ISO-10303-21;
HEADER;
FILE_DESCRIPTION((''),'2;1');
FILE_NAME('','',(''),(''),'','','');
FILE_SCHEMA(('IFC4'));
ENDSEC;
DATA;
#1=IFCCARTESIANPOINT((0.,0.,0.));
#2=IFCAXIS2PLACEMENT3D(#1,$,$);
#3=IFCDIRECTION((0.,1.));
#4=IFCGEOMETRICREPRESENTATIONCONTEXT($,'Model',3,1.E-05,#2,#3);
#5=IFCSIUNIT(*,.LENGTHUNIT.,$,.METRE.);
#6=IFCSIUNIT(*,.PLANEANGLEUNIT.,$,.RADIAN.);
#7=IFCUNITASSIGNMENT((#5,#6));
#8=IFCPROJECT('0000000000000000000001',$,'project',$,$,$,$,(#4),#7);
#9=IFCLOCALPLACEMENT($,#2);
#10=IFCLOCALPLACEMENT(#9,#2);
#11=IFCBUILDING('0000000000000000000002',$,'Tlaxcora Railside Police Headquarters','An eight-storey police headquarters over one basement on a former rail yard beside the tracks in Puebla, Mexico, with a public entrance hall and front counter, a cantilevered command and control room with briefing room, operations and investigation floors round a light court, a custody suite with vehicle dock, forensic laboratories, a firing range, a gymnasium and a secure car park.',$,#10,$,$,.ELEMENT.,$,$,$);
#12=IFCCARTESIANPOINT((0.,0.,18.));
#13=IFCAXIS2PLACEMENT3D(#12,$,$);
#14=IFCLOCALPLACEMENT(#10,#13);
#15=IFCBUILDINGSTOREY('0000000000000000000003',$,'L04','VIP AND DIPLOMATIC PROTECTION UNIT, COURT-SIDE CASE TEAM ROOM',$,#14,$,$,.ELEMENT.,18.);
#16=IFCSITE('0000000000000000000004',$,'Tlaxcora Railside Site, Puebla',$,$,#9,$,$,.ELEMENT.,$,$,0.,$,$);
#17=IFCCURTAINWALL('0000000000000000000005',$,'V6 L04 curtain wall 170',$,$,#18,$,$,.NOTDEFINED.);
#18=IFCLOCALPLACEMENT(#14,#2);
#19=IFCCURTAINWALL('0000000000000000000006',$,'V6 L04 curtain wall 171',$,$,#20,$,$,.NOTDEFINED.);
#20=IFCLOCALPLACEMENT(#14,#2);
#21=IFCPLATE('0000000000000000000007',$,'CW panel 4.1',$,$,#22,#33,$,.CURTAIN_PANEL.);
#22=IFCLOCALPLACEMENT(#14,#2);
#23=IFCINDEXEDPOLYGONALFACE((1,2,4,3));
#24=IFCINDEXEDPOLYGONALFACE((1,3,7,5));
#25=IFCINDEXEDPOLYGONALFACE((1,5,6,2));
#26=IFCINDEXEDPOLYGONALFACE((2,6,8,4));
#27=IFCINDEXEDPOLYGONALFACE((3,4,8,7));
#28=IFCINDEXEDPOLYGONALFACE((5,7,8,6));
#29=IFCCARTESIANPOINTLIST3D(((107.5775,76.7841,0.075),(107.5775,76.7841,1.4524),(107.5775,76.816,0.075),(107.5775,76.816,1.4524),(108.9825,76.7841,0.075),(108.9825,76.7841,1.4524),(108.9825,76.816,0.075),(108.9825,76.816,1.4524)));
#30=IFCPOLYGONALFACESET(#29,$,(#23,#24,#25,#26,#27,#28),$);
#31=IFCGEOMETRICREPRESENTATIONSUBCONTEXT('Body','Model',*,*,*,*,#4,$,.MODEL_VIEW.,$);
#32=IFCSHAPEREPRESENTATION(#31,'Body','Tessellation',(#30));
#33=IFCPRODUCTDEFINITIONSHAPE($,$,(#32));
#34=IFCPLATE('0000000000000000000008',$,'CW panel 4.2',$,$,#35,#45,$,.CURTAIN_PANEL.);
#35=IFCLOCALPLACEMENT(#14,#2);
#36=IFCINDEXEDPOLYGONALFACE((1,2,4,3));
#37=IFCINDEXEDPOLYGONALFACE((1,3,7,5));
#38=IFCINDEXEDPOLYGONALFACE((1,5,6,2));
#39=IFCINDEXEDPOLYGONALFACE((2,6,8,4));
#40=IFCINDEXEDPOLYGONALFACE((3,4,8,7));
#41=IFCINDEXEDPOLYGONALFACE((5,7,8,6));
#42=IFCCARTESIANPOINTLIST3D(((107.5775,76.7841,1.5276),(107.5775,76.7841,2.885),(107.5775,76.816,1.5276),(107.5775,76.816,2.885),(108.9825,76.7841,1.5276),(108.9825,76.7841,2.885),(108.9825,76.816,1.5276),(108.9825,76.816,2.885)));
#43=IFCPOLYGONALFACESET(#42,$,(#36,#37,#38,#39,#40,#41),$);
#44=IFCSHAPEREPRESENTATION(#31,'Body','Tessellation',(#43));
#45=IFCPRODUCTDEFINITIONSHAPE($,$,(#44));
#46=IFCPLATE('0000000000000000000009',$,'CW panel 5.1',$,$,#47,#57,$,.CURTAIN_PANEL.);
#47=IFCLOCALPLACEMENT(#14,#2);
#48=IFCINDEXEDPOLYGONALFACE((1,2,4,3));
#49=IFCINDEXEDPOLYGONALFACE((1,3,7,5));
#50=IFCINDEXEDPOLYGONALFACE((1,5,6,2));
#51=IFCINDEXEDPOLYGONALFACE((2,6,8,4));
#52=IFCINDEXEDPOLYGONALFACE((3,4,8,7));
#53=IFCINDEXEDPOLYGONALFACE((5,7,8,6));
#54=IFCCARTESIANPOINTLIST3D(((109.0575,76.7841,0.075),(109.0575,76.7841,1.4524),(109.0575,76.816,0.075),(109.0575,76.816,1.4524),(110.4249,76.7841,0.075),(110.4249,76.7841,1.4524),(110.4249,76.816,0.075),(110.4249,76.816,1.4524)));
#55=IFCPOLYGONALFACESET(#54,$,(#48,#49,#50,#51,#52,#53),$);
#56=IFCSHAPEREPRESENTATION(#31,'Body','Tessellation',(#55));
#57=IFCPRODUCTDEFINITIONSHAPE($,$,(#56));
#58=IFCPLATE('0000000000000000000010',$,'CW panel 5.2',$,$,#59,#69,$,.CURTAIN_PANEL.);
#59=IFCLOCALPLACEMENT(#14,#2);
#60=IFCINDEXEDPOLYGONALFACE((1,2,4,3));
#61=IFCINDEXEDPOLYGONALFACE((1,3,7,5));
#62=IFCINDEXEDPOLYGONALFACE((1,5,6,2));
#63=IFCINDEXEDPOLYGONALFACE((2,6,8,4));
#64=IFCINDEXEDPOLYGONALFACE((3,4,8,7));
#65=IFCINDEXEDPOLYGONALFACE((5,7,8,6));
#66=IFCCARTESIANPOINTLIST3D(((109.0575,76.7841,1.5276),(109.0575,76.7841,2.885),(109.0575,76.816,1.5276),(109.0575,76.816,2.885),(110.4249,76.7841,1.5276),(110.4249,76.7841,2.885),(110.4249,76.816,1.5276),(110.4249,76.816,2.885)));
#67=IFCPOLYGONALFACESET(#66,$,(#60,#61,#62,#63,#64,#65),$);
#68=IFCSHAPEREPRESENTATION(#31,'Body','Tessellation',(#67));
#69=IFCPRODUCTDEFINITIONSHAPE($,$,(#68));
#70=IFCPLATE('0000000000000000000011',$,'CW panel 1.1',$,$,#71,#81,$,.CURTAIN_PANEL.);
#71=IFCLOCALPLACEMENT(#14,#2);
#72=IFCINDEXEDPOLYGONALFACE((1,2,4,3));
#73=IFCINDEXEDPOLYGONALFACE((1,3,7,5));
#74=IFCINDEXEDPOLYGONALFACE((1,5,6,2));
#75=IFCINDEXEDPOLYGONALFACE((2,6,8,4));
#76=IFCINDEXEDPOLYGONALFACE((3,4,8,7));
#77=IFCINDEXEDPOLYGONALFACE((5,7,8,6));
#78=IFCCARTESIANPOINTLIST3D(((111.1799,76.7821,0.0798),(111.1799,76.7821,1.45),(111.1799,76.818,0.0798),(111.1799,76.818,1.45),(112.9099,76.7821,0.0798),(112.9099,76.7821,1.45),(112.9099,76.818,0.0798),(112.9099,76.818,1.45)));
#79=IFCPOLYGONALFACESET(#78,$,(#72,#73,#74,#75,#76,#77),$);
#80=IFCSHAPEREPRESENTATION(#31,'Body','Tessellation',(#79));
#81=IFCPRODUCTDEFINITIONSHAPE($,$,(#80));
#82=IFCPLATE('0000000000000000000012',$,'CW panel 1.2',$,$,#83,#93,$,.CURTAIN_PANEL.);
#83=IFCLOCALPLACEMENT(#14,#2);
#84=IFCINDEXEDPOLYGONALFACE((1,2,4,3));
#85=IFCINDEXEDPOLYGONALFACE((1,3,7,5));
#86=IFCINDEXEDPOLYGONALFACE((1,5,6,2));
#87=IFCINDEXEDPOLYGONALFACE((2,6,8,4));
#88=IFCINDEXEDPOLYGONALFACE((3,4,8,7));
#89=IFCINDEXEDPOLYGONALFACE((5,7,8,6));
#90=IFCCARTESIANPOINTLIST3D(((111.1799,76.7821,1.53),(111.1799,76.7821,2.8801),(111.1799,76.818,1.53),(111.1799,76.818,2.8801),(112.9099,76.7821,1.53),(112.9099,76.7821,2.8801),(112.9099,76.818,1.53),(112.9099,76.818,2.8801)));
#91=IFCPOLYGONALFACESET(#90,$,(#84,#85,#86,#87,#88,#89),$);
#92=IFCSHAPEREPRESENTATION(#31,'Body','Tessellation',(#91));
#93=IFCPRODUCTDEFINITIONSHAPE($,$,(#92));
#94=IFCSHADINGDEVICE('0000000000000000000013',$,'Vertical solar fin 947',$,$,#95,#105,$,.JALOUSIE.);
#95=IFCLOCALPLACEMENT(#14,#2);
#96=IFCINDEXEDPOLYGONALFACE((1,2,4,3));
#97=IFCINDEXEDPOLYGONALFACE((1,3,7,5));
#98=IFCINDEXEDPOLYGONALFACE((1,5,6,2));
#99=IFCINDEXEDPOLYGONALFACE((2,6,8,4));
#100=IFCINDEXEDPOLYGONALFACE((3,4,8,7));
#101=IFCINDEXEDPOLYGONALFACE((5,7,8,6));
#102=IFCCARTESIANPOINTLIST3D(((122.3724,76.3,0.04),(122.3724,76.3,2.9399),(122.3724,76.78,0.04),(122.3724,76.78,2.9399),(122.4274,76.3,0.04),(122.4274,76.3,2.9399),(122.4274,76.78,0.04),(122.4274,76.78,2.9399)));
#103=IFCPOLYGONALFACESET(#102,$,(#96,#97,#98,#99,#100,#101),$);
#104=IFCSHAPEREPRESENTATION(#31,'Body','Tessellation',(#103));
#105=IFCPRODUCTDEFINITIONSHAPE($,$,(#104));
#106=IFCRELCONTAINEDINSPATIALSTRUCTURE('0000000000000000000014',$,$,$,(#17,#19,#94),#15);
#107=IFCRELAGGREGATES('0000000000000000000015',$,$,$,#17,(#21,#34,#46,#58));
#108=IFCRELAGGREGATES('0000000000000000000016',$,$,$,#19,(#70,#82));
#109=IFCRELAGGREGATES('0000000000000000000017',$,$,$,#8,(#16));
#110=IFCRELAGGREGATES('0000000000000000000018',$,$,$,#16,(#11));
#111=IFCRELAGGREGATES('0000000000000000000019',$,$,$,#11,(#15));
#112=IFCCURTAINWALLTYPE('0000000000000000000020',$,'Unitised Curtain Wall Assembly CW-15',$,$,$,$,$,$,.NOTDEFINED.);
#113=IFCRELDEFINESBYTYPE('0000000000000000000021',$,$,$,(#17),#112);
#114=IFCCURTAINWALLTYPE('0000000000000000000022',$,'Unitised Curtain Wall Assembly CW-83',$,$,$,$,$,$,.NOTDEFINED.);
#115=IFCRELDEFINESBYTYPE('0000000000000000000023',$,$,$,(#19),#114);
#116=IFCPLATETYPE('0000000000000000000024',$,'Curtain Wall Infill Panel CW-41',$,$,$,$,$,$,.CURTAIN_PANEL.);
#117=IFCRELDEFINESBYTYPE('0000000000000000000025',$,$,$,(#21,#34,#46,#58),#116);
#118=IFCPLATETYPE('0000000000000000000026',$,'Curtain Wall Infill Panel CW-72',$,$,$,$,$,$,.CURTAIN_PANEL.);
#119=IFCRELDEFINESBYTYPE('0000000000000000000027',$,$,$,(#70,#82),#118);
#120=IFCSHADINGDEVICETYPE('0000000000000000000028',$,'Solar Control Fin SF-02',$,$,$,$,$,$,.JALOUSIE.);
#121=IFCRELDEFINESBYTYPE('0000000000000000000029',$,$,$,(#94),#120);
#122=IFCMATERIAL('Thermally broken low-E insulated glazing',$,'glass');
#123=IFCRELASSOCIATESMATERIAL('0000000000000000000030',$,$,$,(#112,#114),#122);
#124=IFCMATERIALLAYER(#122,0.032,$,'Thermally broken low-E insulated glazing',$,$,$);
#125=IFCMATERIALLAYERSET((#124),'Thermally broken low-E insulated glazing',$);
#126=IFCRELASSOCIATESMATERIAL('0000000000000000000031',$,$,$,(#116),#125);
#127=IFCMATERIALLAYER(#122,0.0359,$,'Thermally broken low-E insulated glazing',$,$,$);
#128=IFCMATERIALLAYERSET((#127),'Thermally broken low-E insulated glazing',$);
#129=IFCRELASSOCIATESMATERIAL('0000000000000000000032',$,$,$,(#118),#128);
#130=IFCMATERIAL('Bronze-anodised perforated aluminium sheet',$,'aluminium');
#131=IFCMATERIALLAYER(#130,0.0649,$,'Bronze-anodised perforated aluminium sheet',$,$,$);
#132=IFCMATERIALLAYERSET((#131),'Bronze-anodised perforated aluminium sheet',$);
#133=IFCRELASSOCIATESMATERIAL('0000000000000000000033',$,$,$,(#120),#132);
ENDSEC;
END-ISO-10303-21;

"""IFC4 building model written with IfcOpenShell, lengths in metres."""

from ifc_helpers import new_model, si_unit, direction, frame, origin, origin_2d, place, context, subcontext, project, spatial, rectangle, extrude, material, layer, layer_set, type_object, element, aggregate, save


model = new_model("IFC4")

# Units and contexts
model_context = context("Model", 3, precision=1e-05, world=origin(), true_north=direction((0.0, 1.0)))
body_context = subcontext(model_context, "Body", "Model", "MODEL_VIEW")
ifc_project = project(units=[si_unit("LENGTHUNIT", "METRE"), si_unit("PLANEANGLEUNIT", "RADIAN")], contexts=[model_context])

# Site, building, storey
site_placement = place(None, origin())
site = spatial("IfcSite", under=ifc_project, at=site_placement, Name="Tlaxcora Railside Site, Puebla", CompositionType="ELEMENT", RefElevation=0.0)
building_placement = place(site_placement, origin())
building = spatial("IfcBuilding", under=site, at=building_placement, Name="Tlaxcora Railside Police Headquarters", Description="An eight-storey police headquarters over one basement on a former rail yard beside the tracks in Puebla, Mexico, with a public entrance hall and front counter, a cantilevered command and control room with briefing room, operations and investigation floors round a light court, a custody suite with vehicle dock, forensic laboratories, a firing range, a gymnasium and a secure car park.", CompositionType="ELEMENT")
storey_placement = place(building_placement, frame((0.0, 0.0, 18.0)))
storey = spatial("IfcBuildingStorey", under=building, at=storey_placement, Name="L04", Description="VIP AND DIPLOMATIC PROTECTION UNIT, COURT-SIDE CASE TEAM ROOM", CompositionType="ELEMENT", Elevation=18.0)

# Curtain wall
ifc_material_1 = material(Name="Thermally broken low-E insulated glazing", Category="glass")
curtain_wall_type_1 = type_object("IfcCurtainWallType", Name="Unitised Curtain Wall Assembly CW-15", PredefinedType="NOTDEFINED", material=ifc_material_1)
curtain_wall_1_placement = place(storey_placement, origin())
curtain_wall_1 = element("IfcCurtainWall", 1, at=curtain_wall_1_placement, inside=storey, type_object=curtain_wall_type_1, Name="V6 L04 curtain wall 170", PredefinedType="NOTDEFINED")

# Curtain wall
curtain_wall_type_2 = type_object("IfcCurtainWallType", Name="Unitised Curtain Wall Assembly CW-83", PredefinedType="NOTDEFINED", material=ifc_material_1)
curtain_wall_2_placement = place(storey_placement, origin())
curtain_wall_2 = element("IfcCurtainWall", 2, at=curtain_wall_2_placement, inside=storey, type_object=curtain_wall_type_2, Name="V6 L04 curtain wall 171", PredefinedType="NOTDEFINED")

# Plates
ifc_layer_1 = layer(ifc_material_1, 0.032, Name="Thermally broken low-E insulated glazing")
ifc_layer_set_1 = layer_set([ifc_layer_1], Name="Thermally broken low-E insulated glazing")
plate_type_1 = type_object("IfcPlateType", Name="Curtain Wall Infill Panel CW-41", PredefinedType="CURTAIN_PANEL", material=ifc_layer_set_1)
plate_1_placement = place(storey_placement, frame((108.28, 76.8, 0.075), z_axis=(0.0, 0.0, 1.0), x_axis=(1.0, 0.0, 0.0)))
plate_1 = element("IfcPlate", 3, at=plate_1_placement, type_object=plate_type_1, Name="CW panel 4.1", PredefinedType="CURTAIN_PANEL", context=body_context, shape_type="SweptSolid", body=[
    extrude(rectangle(XDim=1.405, YDim=0.032, at=origin_2d()), origin(), (0.0, 0.0, 1.0), 1.3774),
])
plate_2_placement = place(storey_placement, frame((108.28, 76.8, 1.5276), z_axis=(0.0, 0.0, 1.0), x_axis=(1.0, 0.0, 0.0)))
plate_2 = element("IfcPlate", 4, at=plate_2_placement, type_object=plate_type_1, Name="CW panel 4.2", PredefinedType="CURTAIN_PANEL", context=body_context, shape_type="SweptSolid", body=[
    extrude(rectangle(XDim=1.405, YDim=0.032, at=origin_2d()), origin(), (0.0, 0.0, 1.0), 1.3574),
])
plate_3_placement = place(storey_placement, frame((109.7412, 76.8, 0.075), z_axis=(0.0, 0.0, 1.0), x_axis=(1.0, 0.0, 0.0)))
plate_3 = element("IfcPlate", 5, at=plate_3_placement, type_object=plate_type_1, Name="CW panel 5.1", PredefinedType="CURTAIN_PANEL", context=body_context, shape_type="SweptSolid", body=[
    extrude(rectangle(XDim=1.3674, YDim=0.032, at=origin_2d()), origin(), (0.0, 0.0, 1.0), 1.3774),
])
plate_4_placement = place(storey_placement, frame((109.7412, 76.8, 1.5276), z_axis=(0.0, 0.0, 1.0), x_axis=(1.0, 0.0, 0.0)))
plate_4 = element("IfcPlate", 6, at=plate_4_placement, type_object=plate_type_1, Name="CW panel 5.2", PredefinedType="CURTAIN_PANEL", context=body_context, shape_type="SweptSolid", body=[
    extrude(rectangle(XDim=1.3674, YDim=0.032, at=origin_2d()), origin(), (0.0, 0.0, 1.0), 1.3574),
])
aggregate(curtain_wall_1, [plate_1, plate_2, plate_3, plate_4])
ifc_layer_2 = layer(ifc_material_1, 0.0359, Name="Thermally broken low-E insulated glazing")
ifc_layer_set_2 = layer_set([ifc_layer_2], Name="Thermally broken low-E insulated glazing")
plate_type_2 = type_object("IfcPlateType", Name="Curtain Wall Infill Panel CW-72", PredefinedType="CURTAIN_PANEL", material=ifc_layer_set_2)
plate_5_placement = place(storey_placement, frame((112.0449, 76.8, 0.0798), z_axis=(0.0, 0.0, 1.0), x_axis=(1.0, 0.0, 0.0)))
plate_5 = element("IfcPlate", 7, at=plate_5_placement, type_object=plate_type_2, Name="CW panel 1.1", PredefinedType="CURTAIN_PANEL", context=body_context, shape_type="SweptSolid", body=[
    extrude(rectangle(XDim=1.73, YDim=0.0359, at=origin_2d()), origin(), (0.0, 0.0, 1.0), 1.3701),
])
plate_6_placement = place(storey_placement, frame((112.0449, 76.8, 1.53), z_axis=(0.0, 0.0, 1.0), x_axis=(1.0, 0.0, 0.0)))
plate_6 = element("IfcPlate", 8, at=plate_6_placement, type_object=plate_type_2, Name="CW panel 1.2", PredefinedType="CURTAIN_PANEL", context=body_context, shape_type="SweptSolid", body=[
    extrude(rectangle(XDim=1.73, YDim=0.0359, at=origin_2d()), origin(), (0.0, 0.0, 1.0), 1.3501),
])
aggregate(curtain_wall_2, [plate_5, plate_6])

# Shading device
ifc_material_2 = material(Name="Bronze-anodised perforated aluminium sheet", Category="aluminium")
ifc_layer_3 = layer(ifc_material_2, 0.0649, Name="Bronze-anodised perforated aluminium sheet")
ifc_layer_set_3 = layer_set([ifc_layer_3], Name="Bronze-anodised perforated aluminium sheet")
shading_device_type = type_object("IfcShadingDeviceType", Name="Solar Control Fin SF-02", PredefinedType="JALOUSIE", material=ifc_layer_set_3)
shading_device_placement = place(storey_placement, frame((122.3999, 76.54, 0.04), z_axis=(0.0, 0.0, 1.0), x_axis=(0.0, -1.0, 0.0)))
element("IfcShadingDevice", 9, at=shading_device_placement, inside=storey, type_object=shading_device_type, Name="Vertical solar fin 947", PredefinedType="JALOUSIE", context=body_context, shape_type="SweptSolid", body=[
    extrude(rectangle(XDim=0.48, YDim=0.0549, at=origin_2d()), origin(), (0.0, 0.0, 1.0), 2.8999),
])

save(model, "model.ifc")
